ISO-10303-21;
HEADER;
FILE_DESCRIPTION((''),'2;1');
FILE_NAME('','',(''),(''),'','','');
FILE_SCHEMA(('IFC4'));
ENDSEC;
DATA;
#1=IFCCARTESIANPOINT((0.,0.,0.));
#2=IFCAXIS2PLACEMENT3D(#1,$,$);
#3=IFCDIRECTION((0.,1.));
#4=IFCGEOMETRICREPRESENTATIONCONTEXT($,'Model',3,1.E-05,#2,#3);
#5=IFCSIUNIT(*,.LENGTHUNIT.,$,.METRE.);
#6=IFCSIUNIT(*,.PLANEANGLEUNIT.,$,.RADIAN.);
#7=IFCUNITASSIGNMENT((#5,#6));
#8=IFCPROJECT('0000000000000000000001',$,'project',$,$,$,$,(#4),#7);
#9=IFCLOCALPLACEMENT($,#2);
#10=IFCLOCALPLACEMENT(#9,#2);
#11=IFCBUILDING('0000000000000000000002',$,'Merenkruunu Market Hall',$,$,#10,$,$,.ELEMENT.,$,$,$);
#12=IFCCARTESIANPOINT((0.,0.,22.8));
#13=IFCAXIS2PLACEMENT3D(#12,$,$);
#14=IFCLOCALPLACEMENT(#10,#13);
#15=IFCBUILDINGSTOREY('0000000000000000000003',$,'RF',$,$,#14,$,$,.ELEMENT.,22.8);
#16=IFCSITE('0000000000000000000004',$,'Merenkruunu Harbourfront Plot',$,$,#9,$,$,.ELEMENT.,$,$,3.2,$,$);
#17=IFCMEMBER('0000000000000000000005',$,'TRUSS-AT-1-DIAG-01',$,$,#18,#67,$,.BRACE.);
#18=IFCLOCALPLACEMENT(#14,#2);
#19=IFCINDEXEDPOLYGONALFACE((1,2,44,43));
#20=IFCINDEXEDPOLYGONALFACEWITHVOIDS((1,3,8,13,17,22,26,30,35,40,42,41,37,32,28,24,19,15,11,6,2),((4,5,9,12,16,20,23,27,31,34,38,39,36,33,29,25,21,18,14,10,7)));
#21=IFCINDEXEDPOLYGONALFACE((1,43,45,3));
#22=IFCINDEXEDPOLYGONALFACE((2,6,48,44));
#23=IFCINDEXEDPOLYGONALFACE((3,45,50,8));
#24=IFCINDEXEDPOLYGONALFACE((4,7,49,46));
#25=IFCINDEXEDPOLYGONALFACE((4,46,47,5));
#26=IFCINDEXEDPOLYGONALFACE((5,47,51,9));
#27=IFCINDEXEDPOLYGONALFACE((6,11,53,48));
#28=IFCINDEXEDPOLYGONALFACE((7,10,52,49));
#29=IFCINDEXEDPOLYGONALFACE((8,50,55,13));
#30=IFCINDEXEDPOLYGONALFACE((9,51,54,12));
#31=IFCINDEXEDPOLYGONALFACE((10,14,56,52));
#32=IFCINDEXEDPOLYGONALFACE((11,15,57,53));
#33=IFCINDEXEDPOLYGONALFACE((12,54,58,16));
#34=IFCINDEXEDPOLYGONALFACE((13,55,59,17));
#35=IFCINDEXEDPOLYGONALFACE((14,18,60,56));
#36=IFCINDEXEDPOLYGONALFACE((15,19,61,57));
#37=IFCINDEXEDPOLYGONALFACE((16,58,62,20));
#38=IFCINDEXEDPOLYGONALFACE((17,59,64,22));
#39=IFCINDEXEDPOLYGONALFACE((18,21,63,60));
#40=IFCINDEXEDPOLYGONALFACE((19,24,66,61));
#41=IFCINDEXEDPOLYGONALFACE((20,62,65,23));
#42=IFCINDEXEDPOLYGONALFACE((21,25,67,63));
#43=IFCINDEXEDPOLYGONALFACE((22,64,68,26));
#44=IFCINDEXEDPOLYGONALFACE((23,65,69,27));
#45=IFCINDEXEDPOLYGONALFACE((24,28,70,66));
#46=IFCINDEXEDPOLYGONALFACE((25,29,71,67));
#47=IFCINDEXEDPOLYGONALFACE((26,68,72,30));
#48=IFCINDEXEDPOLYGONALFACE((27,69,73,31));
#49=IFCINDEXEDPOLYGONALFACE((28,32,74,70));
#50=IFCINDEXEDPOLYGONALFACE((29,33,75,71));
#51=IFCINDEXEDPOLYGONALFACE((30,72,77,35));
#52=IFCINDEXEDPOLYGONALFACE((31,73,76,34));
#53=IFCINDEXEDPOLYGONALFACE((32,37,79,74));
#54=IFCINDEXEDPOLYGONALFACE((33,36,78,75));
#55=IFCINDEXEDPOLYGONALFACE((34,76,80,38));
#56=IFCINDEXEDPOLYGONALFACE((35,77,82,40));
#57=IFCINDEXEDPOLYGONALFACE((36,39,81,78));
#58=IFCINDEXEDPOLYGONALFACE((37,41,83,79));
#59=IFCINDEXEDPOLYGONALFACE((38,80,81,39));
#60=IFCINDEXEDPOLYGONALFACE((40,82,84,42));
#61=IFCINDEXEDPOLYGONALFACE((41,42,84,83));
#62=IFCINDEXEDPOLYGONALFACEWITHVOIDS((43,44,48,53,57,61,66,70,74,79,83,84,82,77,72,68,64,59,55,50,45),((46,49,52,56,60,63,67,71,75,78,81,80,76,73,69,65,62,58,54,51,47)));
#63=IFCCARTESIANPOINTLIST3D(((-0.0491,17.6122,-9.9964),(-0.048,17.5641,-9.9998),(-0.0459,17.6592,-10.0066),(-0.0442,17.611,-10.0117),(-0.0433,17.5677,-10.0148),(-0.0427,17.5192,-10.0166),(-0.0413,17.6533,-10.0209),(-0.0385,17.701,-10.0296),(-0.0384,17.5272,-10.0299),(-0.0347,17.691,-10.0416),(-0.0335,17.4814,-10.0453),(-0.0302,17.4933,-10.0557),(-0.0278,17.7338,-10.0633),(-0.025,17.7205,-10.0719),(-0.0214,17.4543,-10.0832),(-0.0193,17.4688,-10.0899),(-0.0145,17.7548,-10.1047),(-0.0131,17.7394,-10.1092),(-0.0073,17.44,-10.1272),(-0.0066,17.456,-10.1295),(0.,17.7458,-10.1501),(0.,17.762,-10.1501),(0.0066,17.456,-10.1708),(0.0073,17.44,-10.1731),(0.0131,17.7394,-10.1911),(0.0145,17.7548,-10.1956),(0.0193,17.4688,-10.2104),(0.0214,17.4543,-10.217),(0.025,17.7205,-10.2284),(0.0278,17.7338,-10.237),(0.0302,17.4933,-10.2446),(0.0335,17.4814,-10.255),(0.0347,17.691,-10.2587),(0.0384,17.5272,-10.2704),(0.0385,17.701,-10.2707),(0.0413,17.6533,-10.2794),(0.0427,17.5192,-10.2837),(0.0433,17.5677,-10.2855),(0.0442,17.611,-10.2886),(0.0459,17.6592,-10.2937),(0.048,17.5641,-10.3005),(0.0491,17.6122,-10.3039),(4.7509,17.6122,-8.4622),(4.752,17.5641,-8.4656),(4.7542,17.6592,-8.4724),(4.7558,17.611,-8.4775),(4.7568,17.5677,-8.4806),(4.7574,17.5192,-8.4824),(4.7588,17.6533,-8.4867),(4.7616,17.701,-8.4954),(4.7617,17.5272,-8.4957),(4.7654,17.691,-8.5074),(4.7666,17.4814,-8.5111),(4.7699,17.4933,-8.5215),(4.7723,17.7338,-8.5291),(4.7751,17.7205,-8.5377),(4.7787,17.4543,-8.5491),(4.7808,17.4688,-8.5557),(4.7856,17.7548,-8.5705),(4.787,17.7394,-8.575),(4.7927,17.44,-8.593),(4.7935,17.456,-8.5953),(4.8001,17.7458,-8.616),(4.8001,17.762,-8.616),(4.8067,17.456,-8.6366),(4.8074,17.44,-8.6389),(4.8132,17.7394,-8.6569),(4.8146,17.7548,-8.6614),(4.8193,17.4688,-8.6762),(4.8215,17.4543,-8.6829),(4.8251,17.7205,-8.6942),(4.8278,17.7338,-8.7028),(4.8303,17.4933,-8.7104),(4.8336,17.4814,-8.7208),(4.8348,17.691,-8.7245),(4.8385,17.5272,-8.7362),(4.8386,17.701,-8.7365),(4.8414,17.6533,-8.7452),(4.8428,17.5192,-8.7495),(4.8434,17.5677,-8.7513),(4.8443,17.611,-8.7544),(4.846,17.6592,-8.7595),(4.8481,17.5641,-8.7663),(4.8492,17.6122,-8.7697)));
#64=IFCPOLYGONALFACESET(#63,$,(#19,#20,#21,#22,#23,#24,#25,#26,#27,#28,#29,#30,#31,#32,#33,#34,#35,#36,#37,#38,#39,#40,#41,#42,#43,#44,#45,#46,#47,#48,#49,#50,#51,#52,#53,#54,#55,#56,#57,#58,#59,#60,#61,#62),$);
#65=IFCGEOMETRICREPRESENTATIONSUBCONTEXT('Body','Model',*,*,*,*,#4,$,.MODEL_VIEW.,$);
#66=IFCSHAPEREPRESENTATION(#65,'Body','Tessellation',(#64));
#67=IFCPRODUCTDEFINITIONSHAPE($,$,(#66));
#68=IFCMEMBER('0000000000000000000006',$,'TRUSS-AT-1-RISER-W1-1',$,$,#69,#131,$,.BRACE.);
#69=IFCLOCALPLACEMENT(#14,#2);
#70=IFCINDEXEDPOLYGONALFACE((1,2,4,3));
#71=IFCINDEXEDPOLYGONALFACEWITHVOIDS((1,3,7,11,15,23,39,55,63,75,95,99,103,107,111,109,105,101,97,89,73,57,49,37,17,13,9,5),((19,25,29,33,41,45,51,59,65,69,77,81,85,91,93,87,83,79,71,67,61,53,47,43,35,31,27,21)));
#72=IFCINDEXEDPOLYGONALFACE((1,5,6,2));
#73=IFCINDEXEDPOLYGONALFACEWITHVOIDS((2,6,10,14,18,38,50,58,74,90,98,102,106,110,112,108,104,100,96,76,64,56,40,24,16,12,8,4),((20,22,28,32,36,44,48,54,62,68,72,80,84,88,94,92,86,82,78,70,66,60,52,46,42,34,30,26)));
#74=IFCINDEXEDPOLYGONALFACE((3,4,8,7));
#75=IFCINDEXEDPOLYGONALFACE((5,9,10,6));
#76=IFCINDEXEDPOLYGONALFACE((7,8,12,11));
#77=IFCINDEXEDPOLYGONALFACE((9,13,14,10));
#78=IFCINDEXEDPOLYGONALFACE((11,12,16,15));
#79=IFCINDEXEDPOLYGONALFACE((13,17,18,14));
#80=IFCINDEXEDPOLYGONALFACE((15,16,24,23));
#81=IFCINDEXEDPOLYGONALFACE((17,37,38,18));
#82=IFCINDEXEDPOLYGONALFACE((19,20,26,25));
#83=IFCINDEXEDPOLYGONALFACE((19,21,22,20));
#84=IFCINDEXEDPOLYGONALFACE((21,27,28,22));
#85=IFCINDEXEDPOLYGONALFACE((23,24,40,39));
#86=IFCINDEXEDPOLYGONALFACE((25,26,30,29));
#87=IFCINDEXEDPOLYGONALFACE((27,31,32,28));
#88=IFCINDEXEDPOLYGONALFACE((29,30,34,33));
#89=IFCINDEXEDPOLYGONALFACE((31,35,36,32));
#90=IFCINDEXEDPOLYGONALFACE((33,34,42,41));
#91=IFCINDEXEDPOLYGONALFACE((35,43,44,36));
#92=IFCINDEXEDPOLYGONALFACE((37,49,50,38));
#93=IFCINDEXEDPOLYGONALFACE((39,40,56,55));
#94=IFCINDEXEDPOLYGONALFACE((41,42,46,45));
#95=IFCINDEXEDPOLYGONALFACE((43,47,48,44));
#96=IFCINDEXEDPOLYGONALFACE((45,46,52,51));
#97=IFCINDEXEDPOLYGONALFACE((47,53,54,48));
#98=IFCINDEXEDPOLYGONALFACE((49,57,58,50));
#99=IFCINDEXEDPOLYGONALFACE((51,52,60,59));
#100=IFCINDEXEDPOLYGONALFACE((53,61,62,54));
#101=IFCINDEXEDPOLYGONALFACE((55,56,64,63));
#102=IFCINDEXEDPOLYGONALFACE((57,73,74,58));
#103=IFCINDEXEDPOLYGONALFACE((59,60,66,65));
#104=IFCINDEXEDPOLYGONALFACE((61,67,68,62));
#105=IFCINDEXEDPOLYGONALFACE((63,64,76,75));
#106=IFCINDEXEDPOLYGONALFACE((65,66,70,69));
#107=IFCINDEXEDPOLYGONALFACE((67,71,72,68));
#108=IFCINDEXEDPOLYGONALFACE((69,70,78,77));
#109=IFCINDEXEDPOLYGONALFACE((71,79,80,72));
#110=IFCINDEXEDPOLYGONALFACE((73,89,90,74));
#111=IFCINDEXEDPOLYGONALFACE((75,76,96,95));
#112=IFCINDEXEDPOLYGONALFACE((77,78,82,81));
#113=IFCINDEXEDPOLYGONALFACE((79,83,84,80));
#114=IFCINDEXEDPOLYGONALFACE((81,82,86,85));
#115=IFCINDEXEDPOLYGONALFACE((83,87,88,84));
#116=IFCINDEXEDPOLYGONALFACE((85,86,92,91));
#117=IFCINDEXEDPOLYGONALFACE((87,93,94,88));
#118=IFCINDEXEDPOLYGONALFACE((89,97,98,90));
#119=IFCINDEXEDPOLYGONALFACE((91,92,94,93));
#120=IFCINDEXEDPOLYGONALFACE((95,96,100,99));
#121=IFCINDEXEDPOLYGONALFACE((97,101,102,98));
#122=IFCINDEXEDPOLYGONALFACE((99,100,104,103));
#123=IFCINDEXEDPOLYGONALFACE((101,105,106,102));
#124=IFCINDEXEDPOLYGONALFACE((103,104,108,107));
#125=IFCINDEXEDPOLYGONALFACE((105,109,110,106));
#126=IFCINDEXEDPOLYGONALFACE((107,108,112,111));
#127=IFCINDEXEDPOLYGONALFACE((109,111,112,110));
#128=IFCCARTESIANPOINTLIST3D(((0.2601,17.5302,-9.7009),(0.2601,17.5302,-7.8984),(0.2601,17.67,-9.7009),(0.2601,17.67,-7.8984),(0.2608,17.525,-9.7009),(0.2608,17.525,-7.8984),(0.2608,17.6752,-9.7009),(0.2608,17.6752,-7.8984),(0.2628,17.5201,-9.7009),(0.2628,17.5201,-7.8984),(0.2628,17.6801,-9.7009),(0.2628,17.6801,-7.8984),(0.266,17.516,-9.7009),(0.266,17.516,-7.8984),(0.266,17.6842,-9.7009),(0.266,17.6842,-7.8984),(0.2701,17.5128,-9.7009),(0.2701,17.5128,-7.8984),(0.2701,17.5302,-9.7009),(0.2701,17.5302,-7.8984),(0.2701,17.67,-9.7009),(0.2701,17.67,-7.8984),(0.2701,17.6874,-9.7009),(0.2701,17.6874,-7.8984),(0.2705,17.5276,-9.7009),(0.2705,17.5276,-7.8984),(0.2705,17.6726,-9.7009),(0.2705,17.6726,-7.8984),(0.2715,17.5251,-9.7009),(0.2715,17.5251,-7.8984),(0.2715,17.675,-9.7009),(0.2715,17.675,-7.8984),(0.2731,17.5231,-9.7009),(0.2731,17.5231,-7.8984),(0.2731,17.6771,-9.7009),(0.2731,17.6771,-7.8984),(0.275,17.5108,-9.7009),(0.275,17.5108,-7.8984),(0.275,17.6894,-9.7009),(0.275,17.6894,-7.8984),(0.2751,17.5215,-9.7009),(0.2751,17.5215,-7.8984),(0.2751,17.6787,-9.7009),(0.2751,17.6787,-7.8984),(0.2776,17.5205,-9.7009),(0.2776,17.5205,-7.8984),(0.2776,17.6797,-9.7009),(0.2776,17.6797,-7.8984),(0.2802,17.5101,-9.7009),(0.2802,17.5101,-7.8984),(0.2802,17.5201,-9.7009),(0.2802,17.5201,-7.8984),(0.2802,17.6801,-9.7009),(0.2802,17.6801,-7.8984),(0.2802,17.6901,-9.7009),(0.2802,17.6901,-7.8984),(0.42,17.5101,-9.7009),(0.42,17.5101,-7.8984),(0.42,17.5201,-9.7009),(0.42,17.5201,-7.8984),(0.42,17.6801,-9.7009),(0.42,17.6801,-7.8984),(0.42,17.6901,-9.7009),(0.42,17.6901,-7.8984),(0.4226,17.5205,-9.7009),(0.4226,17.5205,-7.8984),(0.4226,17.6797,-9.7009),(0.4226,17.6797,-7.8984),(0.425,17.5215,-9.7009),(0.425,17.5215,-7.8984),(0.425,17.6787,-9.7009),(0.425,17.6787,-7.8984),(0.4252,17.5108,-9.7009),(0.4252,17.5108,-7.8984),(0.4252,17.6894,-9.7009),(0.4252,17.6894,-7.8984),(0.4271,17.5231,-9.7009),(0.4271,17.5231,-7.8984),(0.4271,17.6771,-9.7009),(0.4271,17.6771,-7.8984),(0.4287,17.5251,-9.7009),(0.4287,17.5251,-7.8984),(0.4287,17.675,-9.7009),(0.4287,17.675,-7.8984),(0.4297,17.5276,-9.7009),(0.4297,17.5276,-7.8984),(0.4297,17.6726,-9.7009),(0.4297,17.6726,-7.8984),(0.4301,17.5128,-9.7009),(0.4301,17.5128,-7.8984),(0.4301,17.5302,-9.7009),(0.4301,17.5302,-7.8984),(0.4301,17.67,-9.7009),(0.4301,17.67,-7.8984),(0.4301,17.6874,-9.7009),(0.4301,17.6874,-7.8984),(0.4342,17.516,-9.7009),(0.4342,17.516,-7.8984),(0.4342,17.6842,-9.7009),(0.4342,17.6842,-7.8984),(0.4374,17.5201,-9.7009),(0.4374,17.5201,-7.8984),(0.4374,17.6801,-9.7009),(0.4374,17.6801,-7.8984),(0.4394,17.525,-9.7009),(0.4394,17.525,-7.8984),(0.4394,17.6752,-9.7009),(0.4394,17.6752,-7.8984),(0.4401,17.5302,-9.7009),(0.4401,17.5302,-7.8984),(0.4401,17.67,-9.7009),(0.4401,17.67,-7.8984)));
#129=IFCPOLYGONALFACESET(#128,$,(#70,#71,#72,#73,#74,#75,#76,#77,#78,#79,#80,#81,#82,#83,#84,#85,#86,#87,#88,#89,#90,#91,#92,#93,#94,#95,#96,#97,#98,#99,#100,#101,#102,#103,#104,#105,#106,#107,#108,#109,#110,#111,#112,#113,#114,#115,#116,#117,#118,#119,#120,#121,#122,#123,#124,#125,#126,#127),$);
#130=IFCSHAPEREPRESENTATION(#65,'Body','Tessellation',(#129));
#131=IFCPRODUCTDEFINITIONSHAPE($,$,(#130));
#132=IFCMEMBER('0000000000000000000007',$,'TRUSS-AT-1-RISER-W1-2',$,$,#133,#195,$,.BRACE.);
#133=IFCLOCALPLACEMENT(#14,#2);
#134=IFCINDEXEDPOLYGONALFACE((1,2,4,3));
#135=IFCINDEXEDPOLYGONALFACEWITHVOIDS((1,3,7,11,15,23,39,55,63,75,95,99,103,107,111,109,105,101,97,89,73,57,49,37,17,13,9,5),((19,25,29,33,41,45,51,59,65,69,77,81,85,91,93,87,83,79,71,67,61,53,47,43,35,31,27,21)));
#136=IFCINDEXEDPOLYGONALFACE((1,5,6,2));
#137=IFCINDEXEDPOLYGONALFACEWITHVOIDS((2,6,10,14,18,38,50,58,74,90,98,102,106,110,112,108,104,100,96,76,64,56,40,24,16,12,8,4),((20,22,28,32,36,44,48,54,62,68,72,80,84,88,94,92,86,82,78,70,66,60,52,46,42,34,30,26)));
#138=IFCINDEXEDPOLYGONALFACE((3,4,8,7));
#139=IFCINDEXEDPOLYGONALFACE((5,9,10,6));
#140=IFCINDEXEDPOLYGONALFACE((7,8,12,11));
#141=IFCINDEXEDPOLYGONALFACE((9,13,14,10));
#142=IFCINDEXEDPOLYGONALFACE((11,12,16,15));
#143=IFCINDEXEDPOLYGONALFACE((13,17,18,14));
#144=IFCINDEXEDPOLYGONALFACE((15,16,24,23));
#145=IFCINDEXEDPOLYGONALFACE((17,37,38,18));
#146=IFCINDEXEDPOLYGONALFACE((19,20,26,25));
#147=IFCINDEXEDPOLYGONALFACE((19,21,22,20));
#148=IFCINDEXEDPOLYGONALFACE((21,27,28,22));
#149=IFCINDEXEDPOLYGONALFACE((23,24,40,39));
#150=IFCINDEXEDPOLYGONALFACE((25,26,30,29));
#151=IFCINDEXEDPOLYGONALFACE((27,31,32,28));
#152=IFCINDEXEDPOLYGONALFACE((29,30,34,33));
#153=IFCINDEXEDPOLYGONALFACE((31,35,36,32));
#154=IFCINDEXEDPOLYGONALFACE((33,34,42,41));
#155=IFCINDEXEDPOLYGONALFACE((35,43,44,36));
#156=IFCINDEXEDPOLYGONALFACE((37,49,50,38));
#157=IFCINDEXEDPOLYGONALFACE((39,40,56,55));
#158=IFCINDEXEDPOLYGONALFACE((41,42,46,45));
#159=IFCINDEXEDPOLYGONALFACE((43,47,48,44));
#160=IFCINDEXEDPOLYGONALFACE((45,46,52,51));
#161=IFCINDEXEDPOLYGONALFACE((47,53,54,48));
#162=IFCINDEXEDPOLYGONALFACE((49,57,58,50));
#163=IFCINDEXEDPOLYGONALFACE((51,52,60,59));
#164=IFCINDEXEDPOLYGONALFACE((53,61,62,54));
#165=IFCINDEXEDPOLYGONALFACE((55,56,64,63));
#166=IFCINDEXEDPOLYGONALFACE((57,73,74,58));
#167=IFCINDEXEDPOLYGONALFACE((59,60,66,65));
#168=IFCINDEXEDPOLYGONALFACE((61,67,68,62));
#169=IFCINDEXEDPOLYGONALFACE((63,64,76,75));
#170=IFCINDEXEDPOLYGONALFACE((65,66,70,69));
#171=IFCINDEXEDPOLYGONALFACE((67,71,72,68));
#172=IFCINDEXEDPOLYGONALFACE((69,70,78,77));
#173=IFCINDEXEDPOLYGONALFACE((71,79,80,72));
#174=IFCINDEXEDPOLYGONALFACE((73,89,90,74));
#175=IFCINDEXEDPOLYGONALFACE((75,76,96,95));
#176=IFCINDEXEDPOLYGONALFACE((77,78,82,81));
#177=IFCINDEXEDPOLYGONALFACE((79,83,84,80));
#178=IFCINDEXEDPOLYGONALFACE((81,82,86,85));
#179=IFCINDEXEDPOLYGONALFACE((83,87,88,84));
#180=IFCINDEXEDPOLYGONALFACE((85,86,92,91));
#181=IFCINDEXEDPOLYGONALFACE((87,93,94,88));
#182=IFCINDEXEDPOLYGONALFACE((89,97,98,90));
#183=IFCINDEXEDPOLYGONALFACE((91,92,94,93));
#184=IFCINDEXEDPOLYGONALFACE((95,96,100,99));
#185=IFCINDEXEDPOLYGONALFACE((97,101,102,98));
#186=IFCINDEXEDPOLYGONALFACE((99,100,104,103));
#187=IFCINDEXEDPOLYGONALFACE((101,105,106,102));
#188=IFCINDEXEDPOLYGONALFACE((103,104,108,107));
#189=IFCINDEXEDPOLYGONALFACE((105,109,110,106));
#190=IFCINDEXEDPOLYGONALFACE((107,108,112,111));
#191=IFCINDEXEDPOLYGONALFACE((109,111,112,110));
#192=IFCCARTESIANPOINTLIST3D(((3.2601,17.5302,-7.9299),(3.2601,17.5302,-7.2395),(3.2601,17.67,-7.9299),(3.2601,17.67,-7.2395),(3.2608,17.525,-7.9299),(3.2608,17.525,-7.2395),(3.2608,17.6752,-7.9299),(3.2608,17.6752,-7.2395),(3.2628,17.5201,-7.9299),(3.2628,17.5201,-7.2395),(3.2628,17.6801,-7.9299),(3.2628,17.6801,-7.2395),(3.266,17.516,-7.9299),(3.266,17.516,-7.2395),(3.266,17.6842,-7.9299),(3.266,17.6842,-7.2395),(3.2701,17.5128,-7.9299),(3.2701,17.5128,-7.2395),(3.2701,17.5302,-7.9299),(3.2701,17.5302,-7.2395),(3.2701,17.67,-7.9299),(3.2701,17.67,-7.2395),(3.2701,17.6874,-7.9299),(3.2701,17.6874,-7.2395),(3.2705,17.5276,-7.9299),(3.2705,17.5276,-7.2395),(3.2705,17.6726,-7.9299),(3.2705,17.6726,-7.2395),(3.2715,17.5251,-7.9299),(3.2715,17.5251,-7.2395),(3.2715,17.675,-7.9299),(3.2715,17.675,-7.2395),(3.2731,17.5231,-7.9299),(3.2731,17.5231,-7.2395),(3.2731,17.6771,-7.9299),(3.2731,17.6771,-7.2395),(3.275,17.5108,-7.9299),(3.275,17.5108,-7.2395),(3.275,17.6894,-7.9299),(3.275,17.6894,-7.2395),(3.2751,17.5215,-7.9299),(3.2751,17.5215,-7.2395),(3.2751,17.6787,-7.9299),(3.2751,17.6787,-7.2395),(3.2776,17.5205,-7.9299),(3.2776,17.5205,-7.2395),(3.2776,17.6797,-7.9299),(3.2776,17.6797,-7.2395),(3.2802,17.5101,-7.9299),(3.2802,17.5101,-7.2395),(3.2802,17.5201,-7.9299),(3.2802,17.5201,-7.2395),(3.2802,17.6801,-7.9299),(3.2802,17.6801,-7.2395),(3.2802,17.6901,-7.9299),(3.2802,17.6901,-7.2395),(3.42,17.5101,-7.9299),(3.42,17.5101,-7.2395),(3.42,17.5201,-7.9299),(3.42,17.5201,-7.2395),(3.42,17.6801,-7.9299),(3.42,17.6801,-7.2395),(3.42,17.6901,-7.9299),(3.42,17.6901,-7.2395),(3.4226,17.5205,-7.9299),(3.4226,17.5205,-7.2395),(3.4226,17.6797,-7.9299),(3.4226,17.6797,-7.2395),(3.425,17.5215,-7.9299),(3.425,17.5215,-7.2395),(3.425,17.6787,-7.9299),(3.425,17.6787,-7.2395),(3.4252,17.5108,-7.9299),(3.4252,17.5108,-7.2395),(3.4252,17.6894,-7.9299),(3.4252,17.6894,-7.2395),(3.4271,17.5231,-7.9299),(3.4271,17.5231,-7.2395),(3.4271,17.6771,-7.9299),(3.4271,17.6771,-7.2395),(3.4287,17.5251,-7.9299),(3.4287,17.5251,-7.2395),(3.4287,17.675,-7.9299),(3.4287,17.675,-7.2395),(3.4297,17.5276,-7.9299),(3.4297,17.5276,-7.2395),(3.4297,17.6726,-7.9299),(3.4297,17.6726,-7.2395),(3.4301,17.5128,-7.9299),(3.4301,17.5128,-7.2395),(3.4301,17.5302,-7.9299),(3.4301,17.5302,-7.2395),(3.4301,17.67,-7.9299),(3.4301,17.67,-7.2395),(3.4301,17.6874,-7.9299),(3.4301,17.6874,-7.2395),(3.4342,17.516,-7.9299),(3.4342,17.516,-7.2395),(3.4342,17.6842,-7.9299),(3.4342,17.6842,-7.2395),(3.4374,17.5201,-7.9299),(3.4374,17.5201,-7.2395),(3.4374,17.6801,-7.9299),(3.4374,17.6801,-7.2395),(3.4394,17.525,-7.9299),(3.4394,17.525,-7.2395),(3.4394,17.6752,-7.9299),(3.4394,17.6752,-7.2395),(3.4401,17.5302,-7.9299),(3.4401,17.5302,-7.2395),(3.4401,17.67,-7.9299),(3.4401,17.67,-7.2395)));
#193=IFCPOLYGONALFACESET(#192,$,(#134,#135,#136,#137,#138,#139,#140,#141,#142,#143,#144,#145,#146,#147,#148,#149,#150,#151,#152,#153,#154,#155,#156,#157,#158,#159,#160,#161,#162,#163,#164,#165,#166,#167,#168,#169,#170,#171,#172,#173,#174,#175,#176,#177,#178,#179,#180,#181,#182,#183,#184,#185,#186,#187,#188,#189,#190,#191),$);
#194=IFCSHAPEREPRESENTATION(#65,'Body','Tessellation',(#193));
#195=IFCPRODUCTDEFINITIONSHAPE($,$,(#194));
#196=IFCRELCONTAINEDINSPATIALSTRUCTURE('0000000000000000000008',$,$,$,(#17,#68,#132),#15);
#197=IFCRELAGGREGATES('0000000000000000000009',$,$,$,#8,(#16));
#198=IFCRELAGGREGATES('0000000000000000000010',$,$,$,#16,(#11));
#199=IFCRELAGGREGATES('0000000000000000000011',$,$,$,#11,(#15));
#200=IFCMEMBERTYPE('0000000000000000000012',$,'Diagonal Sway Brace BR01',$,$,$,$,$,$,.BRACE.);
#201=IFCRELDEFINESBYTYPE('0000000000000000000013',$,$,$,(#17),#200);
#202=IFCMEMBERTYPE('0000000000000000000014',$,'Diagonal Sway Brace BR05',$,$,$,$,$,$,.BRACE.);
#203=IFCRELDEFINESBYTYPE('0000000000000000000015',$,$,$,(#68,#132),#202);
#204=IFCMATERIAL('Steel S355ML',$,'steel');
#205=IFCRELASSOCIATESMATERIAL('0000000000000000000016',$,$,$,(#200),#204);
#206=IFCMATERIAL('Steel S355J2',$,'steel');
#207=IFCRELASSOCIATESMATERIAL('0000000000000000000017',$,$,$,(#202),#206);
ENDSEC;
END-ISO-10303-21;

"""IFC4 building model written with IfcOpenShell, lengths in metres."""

from ifc_helpers import new_model, si_unit, direction, frame, origin, origin_2d, place, context, subcontext, project, spatial, hollow_rectangle, hollow_circle, extrude, material, material_profile, profile_set, type_object, element, save


model = new_model("IFC4")

# Units and contexts
model_context = context("Model", 3, precision=1e-05, world=origin(), true_north=direction((0.0, 1.0)))
body_context = subcontext(model_context, "Body", "Model", "MODEL_VIEW")
ifc_project = project(units=[si_unit("LENGTHUNIT", "METRE"), si_unit("PLANEANGLEUNIT", "RADIAN")], contexts=[model_context])

# Site, building, storey
site_placement = place(None, origin())
site = spatial("IfcSite", under=ifc_project, at=site_placement, Name="Merenkruunu Harbourfront Plot", CompositionType="ELEMENT", RefElevation=3.2)
building_placement = place(site_placement, origin())
building = spatial("IfcBuilding", under=site, at=building_placement, Name="Merenkruunu Market Hall", CompositionType="ELEMENT")
storey_placement = place(building_placement, frame((0.0, 0.0, 22.8)))
storey = spatial("IfcBuildingStorey", under=building, at=storey_placement, Name="RF", CompositionType="ELEMENT", Elevation=22.8)

# Shared definitions
ifc_material_1 = material(Name="Steel S355ML", Category="steel")

# Members
ifc_material_profile_1 = material_profile(ifc_material_1, hollow_circle(Radius=0.1619, WallThickness=0.0161, at=origin_2d()), Name="CHS 323.9x16")
ifc_profile_set_1 = profile_set([ifc_material_profile_1], Name="Steel S355ML")
member_type_1 = type_object("IfcMemberType", Name="Diagonal Sway Brace BR01", PredefinedType="BRACE", material=ifc_profile_set_1)
member_1_placement = place(storey_placement, frame((0.0, 17.6001, -10.1501), z_axis=(0.95253, 0.0, 0.304445), x_axis=(0.0, 1.0, 0.0)))
element("IfcMember", 1, at=member_1_placement, inside=storey, type_object=member_type_1, Name="TRUSS-AT-1-DIAG-01", PredefinedType="BRACE", context=body_context, shape_type="SweptSolid", body=[
    extrude(hollow_circle(Radius=0.1619, WallThickness=0.0161, at=origin_2d()), origin(), (0.0, 0.0, 1.0), 5.0393),
])
ifc_material_2 = material(Name="Steel S355J2", Category="steel")
ifc_material_profile_2 = material_profile(ifc_material_2, hollow_rectangle(XDim=0.1799, YDim=0.1799, WallThickness=0.01, InnerFilletRadius=0.01, OuterFilletRadius=0.02, at=origin_2d()), Name="SHS 180x180x10")
ifc_profile_set_2 = profile_set([ifc_material_profile_2], Name="Steel S355J2")
member_type_2 = type_object("IfcMemberType", Name="Diagonal Sway Brace BR05", PredefinedType="BRACE", material=ifc_profile_set_2)
member_2_placement = place(storey_placement, frame((0.3501, 17.6001, -9.7009), z_axis=(0.0, 0.0, 1.0), x_axis=(1.0, 0.0, 0.0)))
element("IfcMember", 2, at=member_2_placement, inside=storey, type_object=member_type_2, Name="TRUSS-AT-1-RISER-W1-1", PredefinedType="BRACE", context=body_context, shape_type="SweptSolid", body=[
    extrude(hollow_rectangle(XDim=0.1799, YDim=0.1799, WallThickness=0.01, InnerFilletRadius=0.01, OuterFilletRadius=0.02, at=origin_2d()), origin(), (0.0, 0.0, 1.0), 1.8025),
])
member_3_placement = place(storey_placement, frame((3.3501, 17.6001, -7.9299), z_axis=(0.0, 0.0, 1.0), x_axis=(1.0, 0.0, 0.0)))
element("IfcMember", 3, at=member_3_placement, inside=storey, type_object=member_type_2, Name="TRUSS-AT-1-RISER-W1-2", PredefinedType="BRACE", context=body_context, shape_type="SweptSolid", body=[
    extrude(hollow_rectangle(XDim=0.1799, YDim=0.1799, WallThickness=0.01, InnerFilletRadius=0.01, OuterFilletRadius=0.02, at=origin_2d()), origin(), (0.0, 0.0, 1.0), 0.6904),
])

save(model, "model.ifc")
